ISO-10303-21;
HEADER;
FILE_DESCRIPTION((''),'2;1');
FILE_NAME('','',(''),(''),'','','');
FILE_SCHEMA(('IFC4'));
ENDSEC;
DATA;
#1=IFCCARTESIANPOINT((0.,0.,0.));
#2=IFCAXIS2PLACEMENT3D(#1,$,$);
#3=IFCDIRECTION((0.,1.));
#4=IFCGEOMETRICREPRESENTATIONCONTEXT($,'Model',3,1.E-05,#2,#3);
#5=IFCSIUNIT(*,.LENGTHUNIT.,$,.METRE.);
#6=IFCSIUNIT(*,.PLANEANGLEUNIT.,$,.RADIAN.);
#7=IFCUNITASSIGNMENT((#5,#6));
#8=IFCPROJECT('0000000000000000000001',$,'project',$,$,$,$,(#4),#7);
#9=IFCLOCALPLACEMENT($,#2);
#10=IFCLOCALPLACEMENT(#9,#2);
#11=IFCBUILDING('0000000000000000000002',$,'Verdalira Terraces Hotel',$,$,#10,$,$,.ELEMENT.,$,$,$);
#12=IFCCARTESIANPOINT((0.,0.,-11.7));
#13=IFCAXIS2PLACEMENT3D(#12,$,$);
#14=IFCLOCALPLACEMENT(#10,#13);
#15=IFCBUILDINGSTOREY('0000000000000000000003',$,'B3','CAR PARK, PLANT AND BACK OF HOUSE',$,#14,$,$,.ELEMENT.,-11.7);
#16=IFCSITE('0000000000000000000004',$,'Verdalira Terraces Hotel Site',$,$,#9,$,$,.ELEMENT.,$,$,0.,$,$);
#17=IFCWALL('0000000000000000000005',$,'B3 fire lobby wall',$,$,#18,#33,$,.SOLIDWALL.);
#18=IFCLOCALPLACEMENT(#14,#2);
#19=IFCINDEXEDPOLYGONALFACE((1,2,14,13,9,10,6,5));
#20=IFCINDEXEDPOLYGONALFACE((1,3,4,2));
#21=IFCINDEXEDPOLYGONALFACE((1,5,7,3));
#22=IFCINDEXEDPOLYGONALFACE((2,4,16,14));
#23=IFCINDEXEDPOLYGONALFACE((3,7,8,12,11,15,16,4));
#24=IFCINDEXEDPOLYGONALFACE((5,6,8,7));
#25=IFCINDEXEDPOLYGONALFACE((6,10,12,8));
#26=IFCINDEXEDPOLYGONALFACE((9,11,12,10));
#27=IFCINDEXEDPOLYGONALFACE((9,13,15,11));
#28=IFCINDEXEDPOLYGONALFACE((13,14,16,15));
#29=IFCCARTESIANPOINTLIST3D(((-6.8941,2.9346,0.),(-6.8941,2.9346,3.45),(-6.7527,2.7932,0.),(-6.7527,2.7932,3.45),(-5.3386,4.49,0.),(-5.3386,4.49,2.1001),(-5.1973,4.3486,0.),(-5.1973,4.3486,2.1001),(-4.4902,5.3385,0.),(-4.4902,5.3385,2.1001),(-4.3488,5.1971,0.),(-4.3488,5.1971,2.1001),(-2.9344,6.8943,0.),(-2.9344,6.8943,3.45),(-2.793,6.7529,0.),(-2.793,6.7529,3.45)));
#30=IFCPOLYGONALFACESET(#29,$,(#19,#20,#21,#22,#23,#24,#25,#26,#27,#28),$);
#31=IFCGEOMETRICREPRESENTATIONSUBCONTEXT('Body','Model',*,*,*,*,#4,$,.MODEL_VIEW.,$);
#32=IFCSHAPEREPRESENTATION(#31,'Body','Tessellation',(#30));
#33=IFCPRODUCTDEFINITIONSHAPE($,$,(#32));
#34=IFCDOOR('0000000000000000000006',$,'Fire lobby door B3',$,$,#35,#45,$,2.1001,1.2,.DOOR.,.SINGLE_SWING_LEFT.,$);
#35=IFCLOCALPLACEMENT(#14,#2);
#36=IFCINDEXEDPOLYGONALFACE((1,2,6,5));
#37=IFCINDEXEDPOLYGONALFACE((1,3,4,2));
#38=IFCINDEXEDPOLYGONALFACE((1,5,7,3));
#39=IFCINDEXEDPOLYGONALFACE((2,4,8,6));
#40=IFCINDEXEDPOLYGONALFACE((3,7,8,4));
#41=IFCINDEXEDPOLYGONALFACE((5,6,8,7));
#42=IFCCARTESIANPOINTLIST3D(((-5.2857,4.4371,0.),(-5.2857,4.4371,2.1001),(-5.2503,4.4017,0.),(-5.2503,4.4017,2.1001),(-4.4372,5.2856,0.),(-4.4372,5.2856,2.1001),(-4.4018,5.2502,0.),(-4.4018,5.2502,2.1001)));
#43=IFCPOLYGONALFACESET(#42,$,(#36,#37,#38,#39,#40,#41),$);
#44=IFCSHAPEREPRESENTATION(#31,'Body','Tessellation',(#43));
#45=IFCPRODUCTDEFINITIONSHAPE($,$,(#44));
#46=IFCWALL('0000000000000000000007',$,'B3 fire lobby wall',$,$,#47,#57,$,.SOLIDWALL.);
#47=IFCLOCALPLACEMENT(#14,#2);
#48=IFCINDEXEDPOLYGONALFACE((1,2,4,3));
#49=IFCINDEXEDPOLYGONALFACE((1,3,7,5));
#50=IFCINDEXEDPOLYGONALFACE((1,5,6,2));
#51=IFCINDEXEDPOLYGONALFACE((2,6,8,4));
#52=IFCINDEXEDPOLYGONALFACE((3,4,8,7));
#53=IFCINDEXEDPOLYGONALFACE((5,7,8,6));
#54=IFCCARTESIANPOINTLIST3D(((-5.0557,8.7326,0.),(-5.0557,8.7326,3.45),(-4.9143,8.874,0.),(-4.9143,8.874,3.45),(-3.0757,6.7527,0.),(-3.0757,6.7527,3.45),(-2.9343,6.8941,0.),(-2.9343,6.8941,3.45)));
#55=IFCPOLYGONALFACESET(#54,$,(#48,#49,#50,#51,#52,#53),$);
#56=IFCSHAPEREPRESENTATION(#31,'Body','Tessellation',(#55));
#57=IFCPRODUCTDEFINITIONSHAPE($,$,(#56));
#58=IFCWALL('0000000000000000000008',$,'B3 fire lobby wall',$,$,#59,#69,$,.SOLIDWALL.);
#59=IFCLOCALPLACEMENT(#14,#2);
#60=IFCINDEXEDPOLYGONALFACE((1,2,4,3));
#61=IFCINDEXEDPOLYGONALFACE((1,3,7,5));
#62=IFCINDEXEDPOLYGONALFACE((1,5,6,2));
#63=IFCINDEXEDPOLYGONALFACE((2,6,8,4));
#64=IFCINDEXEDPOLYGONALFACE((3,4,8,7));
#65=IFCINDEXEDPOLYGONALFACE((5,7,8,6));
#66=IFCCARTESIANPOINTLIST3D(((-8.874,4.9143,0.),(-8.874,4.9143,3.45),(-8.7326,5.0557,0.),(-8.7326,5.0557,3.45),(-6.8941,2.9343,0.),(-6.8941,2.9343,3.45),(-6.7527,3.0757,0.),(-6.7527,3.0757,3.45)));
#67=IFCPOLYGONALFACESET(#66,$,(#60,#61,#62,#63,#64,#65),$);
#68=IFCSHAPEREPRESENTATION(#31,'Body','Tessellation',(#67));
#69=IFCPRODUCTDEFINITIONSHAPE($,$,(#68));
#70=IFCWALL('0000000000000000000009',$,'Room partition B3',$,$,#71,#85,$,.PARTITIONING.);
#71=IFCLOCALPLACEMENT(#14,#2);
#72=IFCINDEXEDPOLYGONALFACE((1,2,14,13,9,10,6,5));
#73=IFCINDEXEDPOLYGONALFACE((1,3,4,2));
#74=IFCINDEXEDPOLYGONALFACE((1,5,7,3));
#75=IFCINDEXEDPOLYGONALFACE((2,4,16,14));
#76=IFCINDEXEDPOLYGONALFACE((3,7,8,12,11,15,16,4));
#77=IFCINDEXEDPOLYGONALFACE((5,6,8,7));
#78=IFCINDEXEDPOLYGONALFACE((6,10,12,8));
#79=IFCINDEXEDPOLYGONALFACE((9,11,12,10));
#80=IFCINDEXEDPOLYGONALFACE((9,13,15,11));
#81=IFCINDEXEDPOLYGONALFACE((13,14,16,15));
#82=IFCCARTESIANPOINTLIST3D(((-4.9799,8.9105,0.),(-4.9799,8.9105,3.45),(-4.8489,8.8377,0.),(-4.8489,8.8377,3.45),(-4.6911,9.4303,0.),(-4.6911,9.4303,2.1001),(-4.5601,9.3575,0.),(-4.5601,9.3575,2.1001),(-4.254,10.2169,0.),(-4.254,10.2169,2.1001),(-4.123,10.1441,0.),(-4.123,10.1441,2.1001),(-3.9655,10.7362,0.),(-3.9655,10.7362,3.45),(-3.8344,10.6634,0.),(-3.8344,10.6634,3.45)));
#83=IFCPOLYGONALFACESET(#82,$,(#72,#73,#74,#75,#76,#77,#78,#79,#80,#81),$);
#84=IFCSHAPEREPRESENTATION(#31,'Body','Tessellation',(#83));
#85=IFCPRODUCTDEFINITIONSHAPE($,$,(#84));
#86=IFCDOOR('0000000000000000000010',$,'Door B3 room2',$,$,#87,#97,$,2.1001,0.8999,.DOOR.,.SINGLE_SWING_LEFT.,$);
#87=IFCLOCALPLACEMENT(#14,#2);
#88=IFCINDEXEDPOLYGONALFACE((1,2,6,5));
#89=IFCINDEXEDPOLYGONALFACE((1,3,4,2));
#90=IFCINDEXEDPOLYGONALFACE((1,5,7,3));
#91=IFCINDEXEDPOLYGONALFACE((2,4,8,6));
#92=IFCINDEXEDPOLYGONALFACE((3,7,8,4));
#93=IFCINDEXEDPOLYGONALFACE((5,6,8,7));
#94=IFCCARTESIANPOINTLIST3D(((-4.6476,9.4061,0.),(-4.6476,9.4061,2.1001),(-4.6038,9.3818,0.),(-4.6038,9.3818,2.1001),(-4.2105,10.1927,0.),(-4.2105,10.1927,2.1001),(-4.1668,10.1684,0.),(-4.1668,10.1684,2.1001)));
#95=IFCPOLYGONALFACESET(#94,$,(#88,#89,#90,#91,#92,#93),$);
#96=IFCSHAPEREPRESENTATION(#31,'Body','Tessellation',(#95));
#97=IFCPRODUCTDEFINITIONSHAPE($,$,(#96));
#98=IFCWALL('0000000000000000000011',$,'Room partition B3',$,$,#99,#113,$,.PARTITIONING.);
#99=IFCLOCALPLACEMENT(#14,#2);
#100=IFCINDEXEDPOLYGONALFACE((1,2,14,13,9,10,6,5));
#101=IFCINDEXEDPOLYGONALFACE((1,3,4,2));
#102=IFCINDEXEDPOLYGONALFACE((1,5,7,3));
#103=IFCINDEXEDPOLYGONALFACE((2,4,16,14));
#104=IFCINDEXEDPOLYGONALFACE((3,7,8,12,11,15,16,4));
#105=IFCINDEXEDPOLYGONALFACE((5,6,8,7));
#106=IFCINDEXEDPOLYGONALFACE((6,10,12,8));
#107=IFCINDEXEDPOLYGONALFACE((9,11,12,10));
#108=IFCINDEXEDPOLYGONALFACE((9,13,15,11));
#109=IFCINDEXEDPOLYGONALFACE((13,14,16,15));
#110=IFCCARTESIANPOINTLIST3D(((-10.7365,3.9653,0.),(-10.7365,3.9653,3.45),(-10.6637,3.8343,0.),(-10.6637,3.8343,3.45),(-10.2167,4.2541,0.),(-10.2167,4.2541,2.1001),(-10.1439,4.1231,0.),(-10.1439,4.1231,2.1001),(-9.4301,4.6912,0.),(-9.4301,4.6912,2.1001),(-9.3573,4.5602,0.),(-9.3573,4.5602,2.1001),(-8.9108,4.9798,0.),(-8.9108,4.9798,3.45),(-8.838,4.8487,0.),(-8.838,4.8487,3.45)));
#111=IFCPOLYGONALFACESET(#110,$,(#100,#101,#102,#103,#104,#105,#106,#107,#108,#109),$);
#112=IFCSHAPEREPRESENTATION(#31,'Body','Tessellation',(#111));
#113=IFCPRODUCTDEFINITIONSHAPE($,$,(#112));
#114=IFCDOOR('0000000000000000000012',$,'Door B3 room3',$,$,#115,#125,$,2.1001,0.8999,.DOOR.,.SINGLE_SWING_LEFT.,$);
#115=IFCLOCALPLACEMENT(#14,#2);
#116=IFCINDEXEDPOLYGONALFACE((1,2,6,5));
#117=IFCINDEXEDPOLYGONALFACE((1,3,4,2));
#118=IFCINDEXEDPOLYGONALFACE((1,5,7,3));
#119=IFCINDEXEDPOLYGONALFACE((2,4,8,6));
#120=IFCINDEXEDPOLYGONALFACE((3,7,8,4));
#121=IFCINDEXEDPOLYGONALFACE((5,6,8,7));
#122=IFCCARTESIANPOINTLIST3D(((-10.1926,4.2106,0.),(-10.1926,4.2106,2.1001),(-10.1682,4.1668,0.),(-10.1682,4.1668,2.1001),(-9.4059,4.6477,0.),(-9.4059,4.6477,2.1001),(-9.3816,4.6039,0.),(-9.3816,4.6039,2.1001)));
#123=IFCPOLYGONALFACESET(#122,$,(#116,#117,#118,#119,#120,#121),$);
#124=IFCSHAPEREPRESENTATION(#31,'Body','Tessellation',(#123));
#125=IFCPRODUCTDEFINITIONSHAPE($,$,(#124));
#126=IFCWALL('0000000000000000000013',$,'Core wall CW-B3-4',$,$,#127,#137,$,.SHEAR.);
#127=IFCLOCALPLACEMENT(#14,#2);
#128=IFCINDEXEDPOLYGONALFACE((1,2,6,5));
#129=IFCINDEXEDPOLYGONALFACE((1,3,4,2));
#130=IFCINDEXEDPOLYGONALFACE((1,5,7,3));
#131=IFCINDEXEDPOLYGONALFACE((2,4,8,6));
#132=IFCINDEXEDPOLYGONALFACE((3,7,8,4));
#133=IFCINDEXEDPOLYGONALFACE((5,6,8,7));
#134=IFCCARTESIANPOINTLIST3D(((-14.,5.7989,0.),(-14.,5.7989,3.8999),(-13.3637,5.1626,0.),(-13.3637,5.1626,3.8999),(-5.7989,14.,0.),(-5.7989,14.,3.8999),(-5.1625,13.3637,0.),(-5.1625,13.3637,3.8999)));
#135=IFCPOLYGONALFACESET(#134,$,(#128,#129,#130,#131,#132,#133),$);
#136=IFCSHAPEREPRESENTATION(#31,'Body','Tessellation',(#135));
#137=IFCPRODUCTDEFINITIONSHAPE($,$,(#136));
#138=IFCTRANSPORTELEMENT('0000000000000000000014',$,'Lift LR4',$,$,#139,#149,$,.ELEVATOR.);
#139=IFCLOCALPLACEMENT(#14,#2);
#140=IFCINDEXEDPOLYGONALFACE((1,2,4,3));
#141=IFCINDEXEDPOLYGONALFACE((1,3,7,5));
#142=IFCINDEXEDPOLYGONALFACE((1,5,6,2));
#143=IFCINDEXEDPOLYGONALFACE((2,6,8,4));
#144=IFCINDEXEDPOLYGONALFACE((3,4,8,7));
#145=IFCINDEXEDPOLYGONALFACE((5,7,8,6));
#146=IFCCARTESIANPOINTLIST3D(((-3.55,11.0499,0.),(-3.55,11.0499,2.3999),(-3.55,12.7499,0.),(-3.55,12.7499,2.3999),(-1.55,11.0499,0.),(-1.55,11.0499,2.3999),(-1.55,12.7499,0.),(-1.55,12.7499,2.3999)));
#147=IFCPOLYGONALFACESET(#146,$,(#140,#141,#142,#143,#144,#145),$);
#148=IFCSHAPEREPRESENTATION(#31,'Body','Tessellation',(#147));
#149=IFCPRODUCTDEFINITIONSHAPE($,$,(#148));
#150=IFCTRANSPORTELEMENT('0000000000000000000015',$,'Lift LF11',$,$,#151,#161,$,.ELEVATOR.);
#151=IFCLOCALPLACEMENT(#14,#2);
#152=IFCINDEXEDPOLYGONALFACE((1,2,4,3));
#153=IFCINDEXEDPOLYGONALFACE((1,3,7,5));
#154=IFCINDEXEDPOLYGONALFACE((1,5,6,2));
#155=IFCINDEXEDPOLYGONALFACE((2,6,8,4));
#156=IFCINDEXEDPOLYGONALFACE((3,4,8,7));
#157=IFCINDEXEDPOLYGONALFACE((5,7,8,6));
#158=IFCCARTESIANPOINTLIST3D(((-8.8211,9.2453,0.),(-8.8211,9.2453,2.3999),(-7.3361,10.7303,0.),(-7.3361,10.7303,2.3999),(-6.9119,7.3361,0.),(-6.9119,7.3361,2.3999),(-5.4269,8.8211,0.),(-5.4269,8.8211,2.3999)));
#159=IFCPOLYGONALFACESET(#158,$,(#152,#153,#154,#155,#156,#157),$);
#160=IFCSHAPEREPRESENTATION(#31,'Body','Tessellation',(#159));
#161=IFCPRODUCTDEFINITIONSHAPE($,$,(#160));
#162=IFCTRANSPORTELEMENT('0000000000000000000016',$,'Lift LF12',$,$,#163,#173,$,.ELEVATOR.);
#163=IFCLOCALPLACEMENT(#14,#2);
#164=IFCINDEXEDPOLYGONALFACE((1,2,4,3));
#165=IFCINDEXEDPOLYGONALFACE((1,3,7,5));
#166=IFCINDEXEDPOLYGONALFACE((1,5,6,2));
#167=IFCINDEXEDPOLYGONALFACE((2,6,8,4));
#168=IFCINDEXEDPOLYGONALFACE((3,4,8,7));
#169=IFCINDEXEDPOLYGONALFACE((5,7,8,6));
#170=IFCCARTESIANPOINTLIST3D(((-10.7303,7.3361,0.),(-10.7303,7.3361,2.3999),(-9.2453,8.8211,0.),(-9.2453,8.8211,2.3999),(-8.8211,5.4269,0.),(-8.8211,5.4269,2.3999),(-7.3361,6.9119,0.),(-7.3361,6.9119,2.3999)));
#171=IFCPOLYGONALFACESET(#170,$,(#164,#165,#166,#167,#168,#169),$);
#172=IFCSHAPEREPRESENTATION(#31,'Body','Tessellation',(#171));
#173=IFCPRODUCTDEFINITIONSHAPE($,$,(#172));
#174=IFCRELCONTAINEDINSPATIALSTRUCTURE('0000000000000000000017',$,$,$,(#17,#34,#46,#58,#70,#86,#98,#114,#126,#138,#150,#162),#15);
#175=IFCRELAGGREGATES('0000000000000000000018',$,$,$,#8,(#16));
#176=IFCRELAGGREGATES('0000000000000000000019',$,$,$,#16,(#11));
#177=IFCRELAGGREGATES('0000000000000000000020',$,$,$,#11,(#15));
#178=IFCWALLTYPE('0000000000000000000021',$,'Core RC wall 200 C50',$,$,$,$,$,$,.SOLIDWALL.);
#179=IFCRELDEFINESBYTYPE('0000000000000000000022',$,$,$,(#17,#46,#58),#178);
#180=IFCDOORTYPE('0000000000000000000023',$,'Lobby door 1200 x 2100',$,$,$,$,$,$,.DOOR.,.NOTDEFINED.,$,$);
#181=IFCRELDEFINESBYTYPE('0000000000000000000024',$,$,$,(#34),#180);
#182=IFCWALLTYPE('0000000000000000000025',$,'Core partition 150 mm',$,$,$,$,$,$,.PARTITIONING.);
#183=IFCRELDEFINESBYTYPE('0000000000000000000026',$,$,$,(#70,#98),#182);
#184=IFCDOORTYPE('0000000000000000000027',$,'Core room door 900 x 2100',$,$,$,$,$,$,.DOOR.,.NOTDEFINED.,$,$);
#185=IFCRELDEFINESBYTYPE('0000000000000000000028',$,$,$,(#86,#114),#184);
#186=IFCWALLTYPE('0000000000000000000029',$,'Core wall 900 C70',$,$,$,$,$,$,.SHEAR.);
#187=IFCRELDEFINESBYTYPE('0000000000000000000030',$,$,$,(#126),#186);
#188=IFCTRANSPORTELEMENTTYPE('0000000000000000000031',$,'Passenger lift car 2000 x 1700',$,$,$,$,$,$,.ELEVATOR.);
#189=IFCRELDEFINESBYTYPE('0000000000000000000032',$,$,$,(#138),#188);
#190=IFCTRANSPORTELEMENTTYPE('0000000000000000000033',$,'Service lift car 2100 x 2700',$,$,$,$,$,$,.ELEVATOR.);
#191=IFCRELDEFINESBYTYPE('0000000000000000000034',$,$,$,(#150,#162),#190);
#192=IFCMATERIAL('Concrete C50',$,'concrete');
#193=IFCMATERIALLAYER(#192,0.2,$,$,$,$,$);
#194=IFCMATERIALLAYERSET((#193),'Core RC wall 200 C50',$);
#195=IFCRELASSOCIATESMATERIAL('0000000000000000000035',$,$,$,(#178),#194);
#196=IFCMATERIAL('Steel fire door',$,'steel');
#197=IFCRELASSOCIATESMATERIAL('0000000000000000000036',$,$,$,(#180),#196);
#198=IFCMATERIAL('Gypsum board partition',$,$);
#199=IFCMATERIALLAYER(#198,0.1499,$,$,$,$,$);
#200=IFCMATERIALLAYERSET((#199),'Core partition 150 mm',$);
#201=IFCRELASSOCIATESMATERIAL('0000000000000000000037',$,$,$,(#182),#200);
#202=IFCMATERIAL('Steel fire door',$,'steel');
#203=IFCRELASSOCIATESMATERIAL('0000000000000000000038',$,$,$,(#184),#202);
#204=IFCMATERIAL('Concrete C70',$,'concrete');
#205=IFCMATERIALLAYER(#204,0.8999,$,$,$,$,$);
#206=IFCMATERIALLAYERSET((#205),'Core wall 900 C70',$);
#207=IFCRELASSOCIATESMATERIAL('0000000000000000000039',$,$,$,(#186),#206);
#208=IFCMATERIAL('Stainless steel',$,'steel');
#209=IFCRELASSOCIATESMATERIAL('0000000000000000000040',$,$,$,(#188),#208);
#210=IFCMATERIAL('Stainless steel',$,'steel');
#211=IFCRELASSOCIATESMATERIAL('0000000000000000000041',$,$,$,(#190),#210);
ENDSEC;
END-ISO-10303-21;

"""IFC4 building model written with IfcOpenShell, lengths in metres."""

from ifc_helpers import new_model, si_unit, direction, frame, frame_2d, origin, origin_2d, place, context, subcontext, project, spatial, rectangle, extrude, material, layer, layer_set, type_object, element, fill, save


model = new_model("IFC4")

# Units and contexts
model_context = context("Model", 3, precision=1e-05, world=origin(), true_north=direction((0.0, 1.0)))
body_context = subcontext(model_context, "Body", "Model", "MODEL_VIEW")
ifc_project = project(units=[si_unit("LENGTHUNIT", "METRE"), si_unit("PLANEANGLEUNIT", "RADIAN")], contexts=[model_context])

# Site, building, storey
site_placement = place(None, origin())
site = spatial("IfcSite", under=ifc_project, at=site_placement, Name="Verdalira Terraces Hotel Site", CompositionType="ELEMENT", RefElevation=0.0)
building_placement = place(site_placement, origin())
building = spatial("IfcBuilding", under=site, at=building_placement, Name="Verdalira Terraces Hotel", CompositionType="ELEMENT")
storey_placement = place(building_placement, frame((0.0, 0.0, -11.7)))
storey = spatial("IfcBuildingStorey", under=building, at=storey_placement, Name="B3", Description="CAR PARK, PLANT AND BACK OF HOUSE", CompositionType="ELEMENT", Elevation=-11.7)

# Wall, opening, door
ifc_material_1 = material(Name="Concrete C50", Category="concrete")
ifc_layer_1 = layer(ifc_material_1, 0.2)
ifc_layer_set_1 = layer_set([ifc_layer_1], Name="Core RC wall 200 C50")
wall_type_1 = type_object("IfcWallType", Name="Core RC wall 200 C50", PredefinedType="SOLIDWALL", material=ifc_layer_set_1)
wall_1_placement = place(storey_placement, frame((-2.8638, 6.8235, 0.0), z_axis=(0.0, 0.0, 1.0), x_axis=(-0.707107, -0.707107, 0.0)))
wall_1 = element("IfcWall", 1, at=wall_1_placement, inside=storey, type_object=wall_type_1, Name="B3 fire lobby wall", PredefinedType="SOLIDWALL", context=body_context, shape_type="SweptSolid", body=[
    extrude(rectangle(XDim=5.5999, YDim=0.2, at=frame_2d((2.7998, 0.0))), origin(), (0.0, 0.0, 1.0), 3.45),
])
opening_1_placement = place(wall_1_placement, frame((2.2, 0.0, 0.0)))
opening_1 = element("IfcOpeningElement", 2, at=opening_1_placement, cuts=wall_1, PredefinedType="OPENING", context=body_context, shape_type="SweptSolid", body=[
    extrude(rectangle(XDim=1.2, YDim=2.1001, at=frame_2d((0.6001, 1.05))), frame((0.0, 0.1099, 0.0), z_axis=(0.0, -1.0, 0.0), x_axis=(1.0, 0.0, 0.0)), (0.0, 0.0, 1.0), 0.22),
])
ifc_material_2 = material(Name="Steel fire door", Category="steel")
door_type_1 = type_object("IfcDoorType", Name="Lobby door 1200 x 2100", OperationType="NOTDEFINED", PredefinedType="DOOR", material=ifc_material_2)
door_1_placement = place(opening_1_placement, origin())
door_1 = element("IfcDoor", 3, at=door_1_placement, inside=storey, type_object=door_type_1, Name="Fire lobby door B3", OperationType="SINGLE_SWING_LEFT", OverallHeight=2.1001, OverallWidth=1.2, PredefinedType="DOOR", context=body_context, shape_type="SweptSolid", body=[
    extrude(rectangle(XDim=1.2, YDim=2.1001, at=frame_2d((0.6001, 1.05))), frame((0.0, 0.0249, 0.0), z_axis=(0.0, -1.0, 0.0), x_axis=(1.0, 0.0, 0.0)), (0.0, 0.0, 1.0), 0.05),
])
fill(opening_1, door_1)

# Walls
for number, where, z_axis, x_axis, name in (
    (4, (-3.0051, 6.8235, 0.0), (0.0, 0.0, 1.0), (-0.707107, 0.707107, 0.0), "B3 fire lobby wall"),
    (5, (-6.8235, 3.0051, 0.0), (0.0, 0.0, 1.0), (-0.707107, 0.707107, 0.0), "B3 fire lobby wall"),
):
    element("IfcWall", number, at=place(storey_placement, frame(where, z_axis=z_axis, x_axis=x_axis)), inside=storey, type_object=wall_type_1, Name=name, PredefinedType="SOLIDWALL", context=body_context, shape_type="SweptSolid", body=[
        extrude(rectangle(XDim=2.8, YDim=0.2, at=frame_2d((1.3999, 0.0))), origin(), (0.0, 0.0, 1.0), 3.45),
    ])

# Walls, openings, doors
ifc_material_3 = material(Name="Gypsum board partition")
ifc_layer_2 = layer(ifc_material_3, 0.1499)
ifc_layer_set_2 = layer_set([ifc_layer_2], Name="Core partition 150 mm")
wall_type_2 = type_object("IfcWallType", Name="Core partition 150 mm", PredefinedType="PARTITIONING", material=ifc_layer_set_2)
wall_2_placement = place(storey_placement, frame((-3.8999, 10.7, 0.0), z_axis=(0.0, 0.0, 1.0), x_axis=(-0.485693, -0.87413, 0.0)))
wall_2 = element("IfcWall", 6, at=wall_2_placement, inside=storey, type_object=wall_type_2, Name="Room partition B3", PredefinedType="PARTITIONING", context=body_context, shape_type="SweptSolid", body=[
    extrude(rectangle(XDim=2.0886, YDim=0.1499, at=frame_2d((1.0444, 0.0))), origin(), (0.0, 0.0, 1.0), 3.45),
])
opening_2_placement = place(wall_2_placement, frame((0.5942, 0.0, 0.0)))
opening_2 = element("IfcOpeningElement", 7, at=opening_2_placement, cuts=wall_2, PredefinedType="OPENING", context=body_context, shape_type="SweptSolid", body=[
    extrude(rectangle(XDim=0.8999, YDim=2.1001, at=frame_2d((0.45, 1.05))), frame((0.0, 0.085, 0.0), z_axis=(0.0, -1.0, 0.0), x_axis=(1.0, 0.0, 0.0)), (0.0, 0.0, 1.0), 0.1699),
])
ifc_material_4 = material(Name="Steel fire door", Category="steel")
door_type_2 = type_object("IfcDoorType", Name="Core room door 900 x 2100", OperationType="NOTDEFINED", PredefinedType="DOOR", material=ifc_material_4)
door_2_placement = place(opening_2_placement, origin())
door_2 = element("IfcDoor", 8, at=door_2_placement, inside=storey, type_object=door_type_2, Name="Door B3 room2", OperationType="SINGLE_SWING_LEFT", OverallHeight=2.1001, OverallWidth=0.8999, PredefinedType="DOOR", context=body_context, shape_type="SweptSolid", body=[
    extrude(rectangle(XDim=0.8999, YDim=2.1001, at=frame_2d((0.45, 1.05))), frame((0.0, 0.0249, 0.0), z_axis=(0.0, -1.0, 0.0), x_axis=(1.0, 0.0, 0.0)), (0.0, 0.0, 1.0), 0.05),
])
fill(opening_2, door_2)
wall_3_placement = place(storey_placement, frame((-8.8743, 4.9143, 0.0), z_axis=(0.0, 0.0, 1.0), x_axis=(-0.87413, -0.485693, 0.0)))
wall_3 = element("IfcWall", 9, at=wall_3_placement, inside=storey, type_object=wall_type_2, Name="Room partition B3", PredefinedType="PARTITIONING", context=body_context, shape_type="SweptSolid", body=[
    extrude(rectangle(XDim=2.0886, YDim=0.1499, at=frame_2d((1.0444, 0.0))), origin(), (0.0, 0.0, 1.0), 3.45),
])
opening_3_placement = place(wall_3_placement, frame((0.5942, 0.0, 0.0)))
opening_3 = element("IfcOpeningElement", 10, at=opening_3_placement, cuts=wall_3, PredefinedType="OPENING", context=body_context, shape_type="SweptSolid", body=[
    extrude(rectangle(XDim=0.8999, YDim=2.1001, at=frame_2d((0.45, 1.05))), frame((0.0, 0.085, 0.0), z_axis=(0.0, -1.0, 0.0), x_axis=(1.0, 0.0, 0.0)), (0.0, 0.0, 1.0), 0.1699),
])
door_3_placement = place(opening_3_placement, origin())
door_3 = element("IfcDoor", 11, at=door_3_placement, inside=storey, type_object=door_type_2, Name="Door B3 room3", OperationType="SINGLE_SWING_LEFT", OverallHeight=2.1001, OverallWidth=0.8999, PredefinedType="DOOR", context=body_context, shape_type="SweptSolid", body=[
    extrude(rectangle(XDim=0.8999, YDim=2.1001, at=frame_2d((0.45, 1.05))), frame((0.0, 0.0249, 0.0), z_axis=(0.0, -1.0, 0.0), x_axis=(1.0, 0.0, 0.0)), (0.0, 0.0, 1.0), 0.05),
])
fill(opening_3, door_3)

# Wall
ifc_material_5 = material(Name="Concrete C70", Category="concrete")
ifc_layer_3 = layer(ifc_material_5, 0.8999)
ifc_layer_set_3 = layer_set([ifc_layer_3], Name="Core wall 900 C70")
wall_type_3 = type_object("IfcWallType", Name="Core wall 900 C70", PredefinedType="SHEAR", material=ifc_layer_set_3)
wall_4_placement = place(storey_placement, frame((-5.4807, 13.6819, 0.0), z_axis=(0.0, 0.0, 1.0), x_axis=(-0.707107, -0.707107, 0.0)))
element("IfcWall", 12, at=wall_4_placement, inside=storey, type_object=wall_type_3, Name="Core wall CW-B3-4", PredefinedType="SHEAR", context=body_context, shape_type="SweptSolid", body=[
    extrude(rectangle(XDim=11.5981, YDim=0.8999, at=frame_2d((5.7991, 0.0))), origin(), (0.0, 0.0, 1.0), 3.8999),
])

# Transport elements
ifc_material_6 = material(Name="Stainless steel", Category="steel")
transport_element_type_1 = type_object("IfcTransportElementType", Name="Passenger lift car 2000 x 1700", PredefinedType="ELEVATOR", material=ifc_material_6)
transport_element_placement = place(storey_placement, frame((-2.55, 11.8999, 0.0), z_axis=(0.0, 0.0, 1.0), x_axis=(-1.0, 0.0, 0.0)))
element("IfcTransportElement", 13, at=transport_element_placement, inside=storey, type_object=transport_element_type_1, Name="Lift LR4", PredefinedType="ELEVATOR", context=body_context, shape_type="SweptSolid", body=[
    extrude(rectangle(XDim=2.0, YDim=1.7, at=origin_2d()), origin(), (0.0, 0.0, 1.0), 2.3999),
])
ifc_material_7 = material(Name="Stainless steel", Category="steel")
transport_element_type_2 = type_object("IfcTransportElementType", Name="Service lift car 2100 x 2700", PredefinedType="ELEVATOR", material=ifc_material_7)
for number, where, z_axis, x_axis, name in (
    (14, (-7.124, 9.0332, 0.0), (0.0, 0.0, 1.0), (-0.707107, -0.707107, 0.0), "Lift LF11"),
    (15, (-9.0332, 7.124, 0.0), (0.0, 0.0, 1.0), (-0.707107, -0.707107, 0.0), "Lift LF12"),
):
    element("IfcTransportElement", number, at=place(storey_placement, frame(where, z_axis=z_axis, x_axis=x_axis)), inside=storey, type_object=transport_element_type_2, Name=name, PredefinedType="ELEVATOR", context=body_context, shape_type="SweptSolid", body=[
        extrude(rectangle(XDim=2.1001, YDim=2.7, at=origin_2d()), origin(), (0.0, 0.0, 1.0), 2.3999),
    ])

save(model, "model.ifc")
